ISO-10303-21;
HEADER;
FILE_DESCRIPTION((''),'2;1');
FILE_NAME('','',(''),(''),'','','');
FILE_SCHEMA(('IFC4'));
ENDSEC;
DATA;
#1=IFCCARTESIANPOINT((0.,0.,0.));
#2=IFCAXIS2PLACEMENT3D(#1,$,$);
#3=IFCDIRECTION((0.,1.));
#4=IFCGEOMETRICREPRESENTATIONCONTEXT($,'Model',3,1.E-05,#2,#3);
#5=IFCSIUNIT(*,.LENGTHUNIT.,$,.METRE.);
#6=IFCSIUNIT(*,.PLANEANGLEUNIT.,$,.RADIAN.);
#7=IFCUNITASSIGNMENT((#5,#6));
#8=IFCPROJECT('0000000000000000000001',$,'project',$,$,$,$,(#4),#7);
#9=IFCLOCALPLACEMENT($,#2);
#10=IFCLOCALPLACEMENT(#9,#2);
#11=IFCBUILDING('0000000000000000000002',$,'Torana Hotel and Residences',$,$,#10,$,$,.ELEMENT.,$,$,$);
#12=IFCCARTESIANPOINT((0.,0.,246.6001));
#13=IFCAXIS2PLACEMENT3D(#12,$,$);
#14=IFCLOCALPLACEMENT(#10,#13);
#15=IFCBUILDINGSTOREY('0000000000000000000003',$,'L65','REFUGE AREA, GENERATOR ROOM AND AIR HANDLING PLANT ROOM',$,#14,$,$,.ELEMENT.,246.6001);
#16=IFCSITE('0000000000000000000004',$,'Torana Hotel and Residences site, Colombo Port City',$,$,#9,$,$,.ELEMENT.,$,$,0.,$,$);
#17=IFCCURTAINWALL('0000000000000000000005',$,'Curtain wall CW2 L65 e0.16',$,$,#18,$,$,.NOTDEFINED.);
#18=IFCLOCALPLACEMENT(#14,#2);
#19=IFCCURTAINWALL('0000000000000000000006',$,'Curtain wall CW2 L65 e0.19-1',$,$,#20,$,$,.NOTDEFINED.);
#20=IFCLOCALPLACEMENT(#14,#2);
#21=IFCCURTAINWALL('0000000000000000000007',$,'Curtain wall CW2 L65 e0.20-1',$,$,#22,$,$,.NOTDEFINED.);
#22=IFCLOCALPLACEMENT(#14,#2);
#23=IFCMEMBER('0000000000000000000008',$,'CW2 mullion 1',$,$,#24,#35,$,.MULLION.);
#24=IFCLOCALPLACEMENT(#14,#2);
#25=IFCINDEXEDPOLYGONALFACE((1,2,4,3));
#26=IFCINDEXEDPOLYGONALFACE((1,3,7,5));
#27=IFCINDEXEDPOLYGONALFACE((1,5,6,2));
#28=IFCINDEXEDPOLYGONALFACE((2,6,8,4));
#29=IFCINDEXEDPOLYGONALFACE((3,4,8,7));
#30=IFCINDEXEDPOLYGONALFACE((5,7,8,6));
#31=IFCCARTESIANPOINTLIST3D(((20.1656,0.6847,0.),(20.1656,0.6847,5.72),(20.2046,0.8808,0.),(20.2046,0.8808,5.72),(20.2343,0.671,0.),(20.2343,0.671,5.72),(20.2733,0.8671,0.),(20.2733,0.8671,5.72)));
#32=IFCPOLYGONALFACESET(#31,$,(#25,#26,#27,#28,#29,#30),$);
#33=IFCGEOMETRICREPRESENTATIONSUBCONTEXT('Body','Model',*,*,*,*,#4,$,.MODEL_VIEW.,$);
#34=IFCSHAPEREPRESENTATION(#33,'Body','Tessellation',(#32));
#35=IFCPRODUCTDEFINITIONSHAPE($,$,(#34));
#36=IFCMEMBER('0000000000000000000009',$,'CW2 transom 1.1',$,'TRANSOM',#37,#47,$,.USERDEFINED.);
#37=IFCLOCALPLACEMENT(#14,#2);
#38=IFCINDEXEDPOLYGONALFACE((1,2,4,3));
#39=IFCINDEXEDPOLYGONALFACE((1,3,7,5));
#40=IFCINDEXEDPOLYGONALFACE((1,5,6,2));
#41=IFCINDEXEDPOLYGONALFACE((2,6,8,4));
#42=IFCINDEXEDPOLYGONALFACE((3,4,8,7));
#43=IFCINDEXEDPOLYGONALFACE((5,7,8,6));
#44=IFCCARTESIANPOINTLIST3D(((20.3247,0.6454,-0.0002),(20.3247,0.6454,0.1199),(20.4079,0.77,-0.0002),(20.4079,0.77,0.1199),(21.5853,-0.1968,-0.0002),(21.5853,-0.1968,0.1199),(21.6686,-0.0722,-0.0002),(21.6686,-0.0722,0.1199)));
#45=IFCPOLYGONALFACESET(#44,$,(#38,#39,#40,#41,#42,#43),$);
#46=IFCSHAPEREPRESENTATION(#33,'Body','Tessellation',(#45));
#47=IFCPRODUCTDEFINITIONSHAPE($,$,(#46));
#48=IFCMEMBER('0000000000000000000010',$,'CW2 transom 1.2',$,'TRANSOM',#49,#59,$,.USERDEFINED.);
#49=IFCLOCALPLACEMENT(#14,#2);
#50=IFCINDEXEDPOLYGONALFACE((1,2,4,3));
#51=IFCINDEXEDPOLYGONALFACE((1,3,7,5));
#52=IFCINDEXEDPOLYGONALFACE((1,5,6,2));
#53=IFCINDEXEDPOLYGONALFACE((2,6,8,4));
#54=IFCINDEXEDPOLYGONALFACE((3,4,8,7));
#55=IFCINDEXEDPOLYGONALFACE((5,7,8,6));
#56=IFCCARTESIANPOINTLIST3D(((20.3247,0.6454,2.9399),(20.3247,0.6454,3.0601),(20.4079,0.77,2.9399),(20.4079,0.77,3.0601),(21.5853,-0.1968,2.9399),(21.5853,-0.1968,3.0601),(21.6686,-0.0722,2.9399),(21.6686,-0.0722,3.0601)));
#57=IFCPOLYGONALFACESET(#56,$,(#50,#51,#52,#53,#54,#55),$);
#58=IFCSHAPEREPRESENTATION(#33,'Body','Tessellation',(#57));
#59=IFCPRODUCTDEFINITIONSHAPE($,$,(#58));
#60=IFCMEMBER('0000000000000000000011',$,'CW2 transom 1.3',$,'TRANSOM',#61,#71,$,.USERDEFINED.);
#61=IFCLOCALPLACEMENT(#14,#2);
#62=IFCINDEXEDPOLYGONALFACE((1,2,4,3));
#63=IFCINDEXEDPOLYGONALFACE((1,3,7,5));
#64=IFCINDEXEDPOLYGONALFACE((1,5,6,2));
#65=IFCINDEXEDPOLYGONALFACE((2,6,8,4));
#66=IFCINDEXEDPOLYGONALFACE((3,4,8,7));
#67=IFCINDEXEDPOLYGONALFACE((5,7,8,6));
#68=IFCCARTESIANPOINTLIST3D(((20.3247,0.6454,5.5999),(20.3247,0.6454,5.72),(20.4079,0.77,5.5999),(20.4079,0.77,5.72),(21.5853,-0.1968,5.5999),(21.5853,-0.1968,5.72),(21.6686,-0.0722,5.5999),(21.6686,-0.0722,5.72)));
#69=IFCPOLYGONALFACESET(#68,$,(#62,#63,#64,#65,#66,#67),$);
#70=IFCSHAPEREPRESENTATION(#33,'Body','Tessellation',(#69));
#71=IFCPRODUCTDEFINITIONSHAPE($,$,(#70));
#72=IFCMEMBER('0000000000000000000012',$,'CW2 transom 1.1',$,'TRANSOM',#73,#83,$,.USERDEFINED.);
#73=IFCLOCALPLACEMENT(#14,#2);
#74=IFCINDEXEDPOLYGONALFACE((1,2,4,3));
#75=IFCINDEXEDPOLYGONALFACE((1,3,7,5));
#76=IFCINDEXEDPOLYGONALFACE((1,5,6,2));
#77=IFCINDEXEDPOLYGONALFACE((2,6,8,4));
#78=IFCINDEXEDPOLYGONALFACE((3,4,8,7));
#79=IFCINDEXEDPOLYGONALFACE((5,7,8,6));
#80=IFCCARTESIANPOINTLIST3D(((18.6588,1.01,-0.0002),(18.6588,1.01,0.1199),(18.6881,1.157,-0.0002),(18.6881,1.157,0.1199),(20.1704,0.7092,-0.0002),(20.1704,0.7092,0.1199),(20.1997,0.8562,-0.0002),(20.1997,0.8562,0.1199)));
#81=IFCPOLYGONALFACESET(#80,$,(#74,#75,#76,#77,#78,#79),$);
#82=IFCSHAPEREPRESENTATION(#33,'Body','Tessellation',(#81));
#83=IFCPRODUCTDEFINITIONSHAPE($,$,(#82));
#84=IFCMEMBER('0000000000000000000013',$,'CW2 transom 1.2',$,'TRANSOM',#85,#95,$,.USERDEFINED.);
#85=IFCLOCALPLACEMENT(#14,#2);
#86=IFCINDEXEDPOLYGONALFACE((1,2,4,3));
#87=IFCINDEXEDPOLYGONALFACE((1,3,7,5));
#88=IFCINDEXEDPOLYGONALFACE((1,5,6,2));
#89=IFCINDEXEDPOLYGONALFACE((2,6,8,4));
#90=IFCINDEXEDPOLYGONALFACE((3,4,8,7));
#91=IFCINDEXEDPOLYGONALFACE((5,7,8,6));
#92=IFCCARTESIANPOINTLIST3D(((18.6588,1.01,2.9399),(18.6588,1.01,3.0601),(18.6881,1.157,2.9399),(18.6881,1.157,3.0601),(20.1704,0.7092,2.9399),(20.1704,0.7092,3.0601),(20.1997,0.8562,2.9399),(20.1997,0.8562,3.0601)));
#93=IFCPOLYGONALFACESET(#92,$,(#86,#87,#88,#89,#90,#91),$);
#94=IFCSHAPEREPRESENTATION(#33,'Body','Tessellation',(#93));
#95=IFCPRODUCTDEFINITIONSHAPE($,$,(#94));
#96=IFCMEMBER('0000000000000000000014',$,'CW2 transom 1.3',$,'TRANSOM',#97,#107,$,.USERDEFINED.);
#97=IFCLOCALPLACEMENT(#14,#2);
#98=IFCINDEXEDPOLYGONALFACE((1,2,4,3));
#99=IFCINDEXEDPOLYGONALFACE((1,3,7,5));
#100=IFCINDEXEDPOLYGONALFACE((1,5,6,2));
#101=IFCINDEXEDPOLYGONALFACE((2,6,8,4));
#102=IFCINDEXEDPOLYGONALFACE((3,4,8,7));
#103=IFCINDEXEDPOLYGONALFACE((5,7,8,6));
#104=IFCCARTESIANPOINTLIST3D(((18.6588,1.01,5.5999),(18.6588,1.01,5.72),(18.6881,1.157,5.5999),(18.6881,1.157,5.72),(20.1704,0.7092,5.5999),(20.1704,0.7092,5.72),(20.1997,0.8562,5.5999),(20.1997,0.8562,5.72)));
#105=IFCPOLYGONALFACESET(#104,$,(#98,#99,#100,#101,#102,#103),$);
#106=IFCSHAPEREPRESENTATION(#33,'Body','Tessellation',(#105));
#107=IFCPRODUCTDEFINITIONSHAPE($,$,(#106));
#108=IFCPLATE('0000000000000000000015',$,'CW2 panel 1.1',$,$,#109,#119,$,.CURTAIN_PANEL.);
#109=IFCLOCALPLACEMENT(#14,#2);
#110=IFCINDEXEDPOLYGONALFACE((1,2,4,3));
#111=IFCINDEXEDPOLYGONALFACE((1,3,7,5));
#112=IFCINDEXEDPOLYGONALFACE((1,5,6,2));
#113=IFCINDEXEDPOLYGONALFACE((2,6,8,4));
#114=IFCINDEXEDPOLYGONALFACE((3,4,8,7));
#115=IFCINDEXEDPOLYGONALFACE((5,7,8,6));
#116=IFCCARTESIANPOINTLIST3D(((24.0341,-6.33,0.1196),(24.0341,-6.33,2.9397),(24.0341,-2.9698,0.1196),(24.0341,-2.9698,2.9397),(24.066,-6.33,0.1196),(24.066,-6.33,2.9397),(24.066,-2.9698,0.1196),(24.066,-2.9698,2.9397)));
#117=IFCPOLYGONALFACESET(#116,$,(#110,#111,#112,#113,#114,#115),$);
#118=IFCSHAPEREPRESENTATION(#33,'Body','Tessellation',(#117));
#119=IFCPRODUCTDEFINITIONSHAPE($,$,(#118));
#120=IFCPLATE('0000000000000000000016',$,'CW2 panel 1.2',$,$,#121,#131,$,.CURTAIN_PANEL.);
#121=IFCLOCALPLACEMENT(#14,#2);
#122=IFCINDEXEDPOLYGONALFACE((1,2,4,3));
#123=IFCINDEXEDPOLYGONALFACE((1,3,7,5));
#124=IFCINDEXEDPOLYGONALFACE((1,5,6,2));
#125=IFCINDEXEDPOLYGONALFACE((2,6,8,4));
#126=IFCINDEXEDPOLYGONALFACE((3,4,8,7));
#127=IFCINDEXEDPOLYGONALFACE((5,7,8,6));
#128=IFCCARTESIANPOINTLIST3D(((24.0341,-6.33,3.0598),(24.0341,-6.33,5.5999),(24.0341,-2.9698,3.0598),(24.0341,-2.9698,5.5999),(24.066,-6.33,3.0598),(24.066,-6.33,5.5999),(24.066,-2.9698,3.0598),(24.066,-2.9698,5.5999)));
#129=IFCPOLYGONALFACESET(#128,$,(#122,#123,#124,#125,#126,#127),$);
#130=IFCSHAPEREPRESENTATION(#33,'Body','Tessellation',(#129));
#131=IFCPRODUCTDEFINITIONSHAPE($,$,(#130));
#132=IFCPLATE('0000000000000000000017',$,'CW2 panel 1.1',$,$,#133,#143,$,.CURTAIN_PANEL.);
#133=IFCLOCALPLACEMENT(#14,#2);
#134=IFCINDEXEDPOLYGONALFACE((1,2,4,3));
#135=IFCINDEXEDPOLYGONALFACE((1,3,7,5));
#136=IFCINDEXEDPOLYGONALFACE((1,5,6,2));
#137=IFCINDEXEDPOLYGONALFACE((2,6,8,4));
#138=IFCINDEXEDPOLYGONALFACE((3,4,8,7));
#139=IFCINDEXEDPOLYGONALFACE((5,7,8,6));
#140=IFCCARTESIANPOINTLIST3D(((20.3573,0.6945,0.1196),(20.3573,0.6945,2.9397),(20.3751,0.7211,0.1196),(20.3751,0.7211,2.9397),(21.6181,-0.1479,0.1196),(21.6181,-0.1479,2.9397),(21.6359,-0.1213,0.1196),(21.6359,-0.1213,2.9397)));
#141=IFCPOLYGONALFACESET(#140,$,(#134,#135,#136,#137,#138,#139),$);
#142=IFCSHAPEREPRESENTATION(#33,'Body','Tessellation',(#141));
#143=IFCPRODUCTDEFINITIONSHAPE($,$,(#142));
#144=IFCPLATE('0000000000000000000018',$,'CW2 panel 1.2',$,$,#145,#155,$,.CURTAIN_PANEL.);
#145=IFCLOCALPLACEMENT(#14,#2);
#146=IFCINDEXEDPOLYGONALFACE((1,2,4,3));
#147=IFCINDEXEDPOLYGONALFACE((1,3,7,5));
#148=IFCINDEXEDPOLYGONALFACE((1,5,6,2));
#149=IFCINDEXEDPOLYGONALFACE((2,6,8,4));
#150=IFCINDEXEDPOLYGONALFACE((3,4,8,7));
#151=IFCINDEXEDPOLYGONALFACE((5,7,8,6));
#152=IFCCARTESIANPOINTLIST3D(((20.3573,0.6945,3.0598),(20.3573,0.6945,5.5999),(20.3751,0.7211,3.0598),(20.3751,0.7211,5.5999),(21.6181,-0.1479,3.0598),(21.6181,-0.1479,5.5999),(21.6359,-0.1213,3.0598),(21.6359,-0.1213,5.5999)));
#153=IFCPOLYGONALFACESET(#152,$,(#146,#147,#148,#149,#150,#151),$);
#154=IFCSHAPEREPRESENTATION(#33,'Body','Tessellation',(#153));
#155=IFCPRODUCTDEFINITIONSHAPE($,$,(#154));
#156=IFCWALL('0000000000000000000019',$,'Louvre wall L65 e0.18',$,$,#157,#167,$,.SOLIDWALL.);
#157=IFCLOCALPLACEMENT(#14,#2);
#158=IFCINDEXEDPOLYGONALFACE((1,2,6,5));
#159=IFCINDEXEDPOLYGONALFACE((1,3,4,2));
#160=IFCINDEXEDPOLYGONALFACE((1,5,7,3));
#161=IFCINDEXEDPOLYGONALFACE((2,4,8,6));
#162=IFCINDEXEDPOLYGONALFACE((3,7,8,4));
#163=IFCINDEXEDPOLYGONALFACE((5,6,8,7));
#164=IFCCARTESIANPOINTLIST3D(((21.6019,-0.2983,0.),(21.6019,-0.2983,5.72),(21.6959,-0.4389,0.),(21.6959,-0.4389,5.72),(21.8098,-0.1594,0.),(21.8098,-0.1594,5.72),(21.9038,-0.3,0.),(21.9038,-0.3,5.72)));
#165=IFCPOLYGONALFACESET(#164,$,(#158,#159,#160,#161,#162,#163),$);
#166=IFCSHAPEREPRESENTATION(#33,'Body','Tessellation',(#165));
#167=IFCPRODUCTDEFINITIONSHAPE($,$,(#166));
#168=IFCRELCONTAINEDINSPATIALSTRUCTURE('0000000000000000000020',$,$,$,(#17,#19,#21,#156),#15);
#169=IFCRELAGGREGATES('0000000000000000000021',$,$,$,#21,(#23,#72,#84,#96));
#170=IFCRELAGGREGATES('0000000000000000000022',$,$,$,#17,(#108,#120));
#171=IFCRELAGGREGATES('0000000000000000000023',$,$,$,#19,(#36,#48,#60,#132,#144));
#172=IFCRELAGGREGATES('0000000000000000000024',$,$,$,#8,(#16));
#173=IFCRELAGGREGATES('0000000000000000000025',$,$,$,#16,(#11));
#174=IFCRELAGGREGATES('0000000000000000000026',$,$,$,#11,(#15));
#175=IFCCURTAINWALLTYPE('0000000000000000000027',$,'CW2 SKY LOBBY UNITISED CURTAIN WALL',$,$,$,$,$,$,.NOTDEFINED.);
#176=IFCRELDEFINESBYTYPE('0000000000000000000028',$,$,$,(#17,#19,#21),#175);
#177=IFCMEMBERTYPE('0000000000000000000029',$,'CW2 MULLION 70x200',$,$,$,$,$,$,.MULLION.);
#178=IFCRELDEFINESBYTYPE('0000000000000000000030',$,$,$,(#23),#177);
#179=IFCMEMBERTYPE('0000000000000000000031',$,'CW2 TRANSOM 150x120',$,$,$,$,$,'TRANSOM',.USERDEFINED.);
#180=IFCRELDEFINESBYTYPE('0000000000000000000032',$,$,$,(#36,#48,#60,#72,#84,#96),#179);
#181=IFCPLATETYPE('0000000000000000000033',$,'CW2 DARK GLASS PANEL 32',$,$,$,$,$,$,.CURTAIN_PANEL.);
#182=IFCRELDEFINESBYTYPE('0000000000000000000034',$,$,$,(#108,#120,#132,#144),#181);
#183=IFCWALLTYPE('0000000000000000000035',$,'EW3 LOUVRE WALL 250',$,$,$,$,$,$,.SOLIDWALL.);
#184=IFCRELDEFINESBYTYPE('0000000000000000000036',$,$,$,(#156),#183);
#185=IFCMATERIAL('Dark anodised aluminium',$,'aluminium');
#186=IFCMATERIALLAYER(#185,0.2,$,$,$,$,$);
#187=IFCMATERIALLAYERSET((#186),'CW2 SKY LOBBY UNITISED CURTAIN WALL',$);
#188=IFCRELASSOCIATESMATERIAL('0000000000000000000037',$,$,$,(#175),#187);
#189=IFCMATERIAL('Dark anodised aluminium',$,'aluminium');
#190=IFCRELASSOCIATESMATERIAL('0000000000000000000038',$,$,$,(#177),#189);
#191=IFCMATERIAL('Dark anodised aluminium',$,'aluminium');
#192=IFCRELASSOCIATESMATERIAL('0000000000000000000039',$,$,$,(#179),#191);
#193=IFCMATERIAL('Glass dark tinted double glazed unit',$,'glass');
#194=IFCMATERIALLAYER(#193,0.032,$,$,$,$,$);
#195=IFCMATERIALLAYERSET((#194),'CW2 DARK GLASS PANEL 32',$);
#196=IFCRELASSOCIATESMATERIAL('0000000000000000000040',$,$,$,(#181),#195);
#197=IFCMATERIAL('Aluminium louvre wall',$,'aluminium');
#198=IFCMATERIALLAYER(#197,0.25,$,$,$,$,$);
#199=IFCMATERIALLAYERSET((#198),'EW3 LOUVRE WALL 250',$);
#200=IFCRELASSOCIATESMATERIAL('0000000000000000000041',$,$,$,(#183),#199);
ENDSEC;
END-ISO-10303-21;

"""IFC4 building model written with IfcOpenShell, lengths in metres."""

from ifc_helpers import new_model, si_unit, direction, frame, frame_2d, origin, origin_2d, place, context, subcontext, project, spatial, rectangle, extrude, material, layer, layer_set, material_profile, profile_set, type_object, element, aggregate, save


model = new_model("IFC4")

# Units and contexts
model_context = context("Model", 3, precision=1e-05, world=origin(), true_north=direction((0.0, 1.0)))
body_context = subcontext(model_context, "Body", "Model", "MODEL_VIEW")
ifc_project = project(units=[si_unit("LENGTHUNIT", "METRE"), si_unit("PLANEANGLEUNIT", "RADIAN")], contexts=[model_context])

# Site, building, storey
site_placement = place(None, origin())
site = spatial("IfcSite", under=ifc_project, at=site_placement, Name="Torana Hotel and Residences site, Colombo Port City", CompositionType="ELEMENT", RefElevation=0.0)
building_placement = place(site_placement, origin())
building = spatial("IfcBuilding", under=site, at=building_placement, Name="Torana Hotel and Residences", CompositionType="ELEMENT")
storey_placement = place(building_placement, frame((0.0, 0.0, 246.6001)))
storey = spatial("IfcBuildingStorey", under=building, at=storey_placement, Name="L65", Description="REFUGE AREA, GENERATOR ROOM AND AIR HANDLING PLANT ROOM", CompositionType="ELEMENT", Elevation=246.6001)

# Curtain wall
ifc_material_1 = material(Name="Dark anodised aluminium", Category="aluminium")
ifc_layer_1 = layer(ifc_material_1, 0.2)
ifc_layer_set_1 = layer_set([ifc_layer_1], Name="CW2 SKY LOBBY UNITISED CURTAIN WALL")
curtain_wall_type = type_object("IfcCurtainWallType", Name="CW2 SKY LOBBY UNITISED CURTAIN WALL", PredefinedType="NOTDEFINED", material=ifc_layer_set_1)
curtain_wall_1_placement = place(storey_placement, origin())
curtain_wall_1 = element("IfcCurtainWall", 1, at=curtain_wall_1_placement, inside=storey, type_object=curtain_wall_type, Name="Curtain wall CW2 L65 e0.16", PredefinedType="NOTDEFINED")
ifc_material_2 = material(Name="Dark anodised aluminium", Category="aluminium")
ifc_material_profile_1 = material_profile(ifc_material_2, rectangle(XDim=0.2, YDim=0.0701, at=origin_2d()), Name="CW2 MULLION 70x200")
ifc_profile_set_1 = profile_set([ifc_material_profile_1], Name="Dark anodised aluminium")
member_type_1 = type_object("IfcMemberType", Name="CW2 MULLION 70x200", PredefinedType="MULLION", material=ifc_profile_set_1)

# Curtain wall
curtain_wall_2_placement = place(storey_placement, origin())
curtain_wall_2 = element("IfcCurtainWall", 2, at=curtain_wall_2_placement, inside=storey, type_object=curtain_wall_type, Name="Curtain wall CW2 L65 e0.19-1", PredefinedType="NOTDEFINED")

# Curtain wall, member
curtain_wall_3_placement = place(storey_placement, origin())
curtain_wall_3 = element("IfcCurtainWall", 3, at=curtain_wall_3_placement, inside=storey, type_object=curtain_wall_type, Name="Curtain wall CW2 L65 e0.20-1", PredefinedType="NOTDEFINED")
member_1_placement = place(storey_placement, frame((20.2195, 0.7759, 0.0), z_axis=(0.0, 0.0, 1.0), x_axis=(-0.195064, -0.980791, 0.0)))
member_1 = element("IfcMember", 4, at=member_1_placement, type_object=member_type_1, Name="CW2 mullion 1", PredefinedType="MULLION", context=body_context, shape_type="SweptSolid", body=[
    extrude(rectangle(XDim=0.2, YDim=0.0701, at=origin_2d()), origin(), (0.0, 0.0, 1.0), 5.72),
])

# Members
ifc_material_3 = material(Name="Dark anodised aluminium", Category="aluminium")
ifc_material_profile_2 = material_profile(ifc_material_3, rectangle(XDim=0.1499, YDim=0.1201, at=origin_2d()), Name="CW2 TRANSOM 150x120")
ifc_profile_set_2 = profile_set([ifc_material_profile_2], Name="Dark anodised aluminium")
member_type_2 = type_object("IfcMemberType", Name="CW2 TRANSOM 150x120", ElementType="TRANSOM", PredefinedType="USERDEFINED", material=ifc_profile_set_2)
member_2_placement = place(storey_placement, frame((21.627, -0.1345, 0.0598), z_axis=(-0.831505, 0.555517, 0.0), x_axis=(-0.555517, -0.831505, 0.0)))
member_2 = element("IfcMember", 5, at=member_2_placement, type_object=member_type_2, Name="CW2 transom 1.1", ObjectType="TRANSOM", PredefinedType="USERDEFINED", context=body_context, shape_type="SweptSolid", body=[
    extrude(rectangle(XDim=0.1499, YDim=0.1201, at=origin_2d()), origin(), (0.0, 0.0, 1.0), 1.5161),
])
member_3_placement = place(storey_placement, frame((21.627, -0.1345, 3.0), z_axis=(-0.831505, 0.555517, 0.0), x_axis=(-0.555517, -0.831505, 0.0)))
member_3 = element("IfcMember", 6, at=member_3_placement, type_object=member_type_2, Name="CW2 transom 1.2", ObjectType="TRANSOM", PredefinedType="USERDEFINED", context=body_context, shape_type="SweptSolid", body=[
    extrude(rectangle(XDim=0.1499, YDim=0.1201, at=origin_2d()), origin(), (0.0, 0.0, 1.0), 1.5161),
])
member_4_placement = place(storey_placement, frame((21.627, -0.1345, 5.6599), z_axis=(-0.831505, 0.555517, 0.0), x_axis=(-0.555517, -0.831505, 0.0)))
member_4 = element("IfcMember", 7, at=member_4_placement, type_object=member_type_2, Name="CW2 transom 1.3", ObjectType="TRANSOM", PredefinedType="USERDEFINED", context=body_context, shape_type="SweptSolid", body=[
    extrude(rectangle(XDim=0.1499, YDim=0.1201, at=origin_2d()), origin(), (0.0, 0.0, 1.0), 1.5161),
])
member_5_placement = place(storey_placement, frame((20.1851, 0.7827, 0.0598), z_axis=(-0.980775, 0.195141, 0.0), x_axis=(-0.195141, -0.980775, 0.0)))
member_5 = element("IfcMember", 8, at=member_5_placement, type_object=member_type_2, Name="CW2 transom 1.1", ObjectType="TRANSOM", PredefinedType="USERDEFINED", context=body_context, shape_type="SweptSolid", body=[
    extrude(rectangle(XDim=0.1499, YDim=0.1201, at=origin_2d()), origin(), (0.0, 0.0, 1.0), 1.5413),
])
member_6_placement = place(storey_placement, frame((20.1851, 0.7827, 3.0), z_axis=(-0.980775, 0.195141, 0.0), x_axis=(-0.195141, -0.980775, 0.0)))
member_6 = element("IfcMember", 9, at=member_6_placement, type_object=member_type_2, Name="CW2 transom 1.2", ObjectType="TRANSOM", PredefinedType="USERDEFINED", context=body_context, shape_type="SweptSolid", body=[
    extrude(rectangle(XDim=0.1499, YDim=0.1201, at=origin_2d()), origin(), (0.0, 0.0, 1.0), 1.5413),
])
member_7_placement = place(storey_placement, frame((20.1851, 0.7827, 5.6599), z_axis=(-0.980775, 0.195141, 0.0), x_axis=(-0.195141, -0.980775, 0.0)))
member_7 = element("IfcMember", 10, at=member_7_placement, type_object=member_type_2, Name="CW2 transom 1.3", ObjectType="TRANSOM", PredefinedType="USERDEFINED", context=body_context, shape_type="SweptSolid", body=[
    extrude(rectangle(XDim=0.1499, YDim=0.1201, at=origin_2d()), origin(), (0.0, 0.0, 1.0), 1.5413),
])
aggregate(curtain_wall_3, [member_1, member_5, member_6, member_7])

# Plates
ifc_material_4 = material(Name="Glass dark tinted double glazed unit", Category="glass")
ifc_layer_2 = layer(ifc_material_4, 0.032)
ifc_layer_set_2 = layer_set([ifc_layer_2], Name="CW2 DARK GLASS PANEL 32")
plate_type = type_object("IfcPlateType", Name="CW2 DARK GLASS PANEL 32", PredefinedType="CURTAIN_PANEL", material=ifc_layer_set_2)
plate_1_placement = place(storey_placement, frame((24.05, -4.6499, 0.1196), z_axis=(0.0, 0.0, 1.0), x_axis=(0.0, 1.0, 0.0)))
plate_1 = element("IfcPlate", 11, at=plate_1_placement, type_object=plate_type, Name="CW2 panel 1.1", PredefinedType="CURTAIN_PANEL", context=body_context, shape_type="SweptSolid", body=[
    extrude(rectangle(XDim=3.3601, YDim=0.032, at=origin_2d()), origin(), (0.0, 0.0, 1.0), 2.8201),
])
plate_2_placement = place(storey_placement, frame((24.05, -4.6499, 3.0598), z_axis=(0.0, 0.0, 1.0), x_axis=(0.0, 1.0, 0.0)))
plate_2 = element("IfcPlate", 12, at=plate_2_placement, type_object=plate_type, Name="CW2 panel 1.2", PredefinedType="CURTAIN_PANEL", context=body_context, shape_type="SweptSolid", body=[
    extrude(rectangle(XDim=3.3601, YDim=0.032, at=origin_2d()), origin(), (0.0, 0.0, 1.0), 2.54),
])
aggregate(curtain_wall_1, [plate_1, plate_2])
plate_3_placement = place(storey_placement, frame((20.9966, 0.2866, 0.1196), z_axis=(0.0, 0.0, 1.0), x_axis=(-0.831474, 0.555564, 0.0)))
plate_3 = element("IfcPlate", 13, at=plate_3_placement, type_object=plate_type, Name="CW2 panel 1.1", PredefinedType="CURTAIN_PANEL", context=body_context, shape_type="SweptSolid", body=[
    extrude(rectangle(XDim=1.5164, YDim=0.032, at=origin_2d()), origin(), (0.0, 0.0, 1.0), 2.8201),
])
plate_4_placement = place(storey_placement, frame((20.9966, 0.2866, 3.0598), z_axis=(0.0, 0.0, 1.0), x_axis=(-0.831474, 0.555564, 0.0)))
plate_4 = element("IfcPlate", 14, at=plate_4_placement, type_object=plate_type, Name="CW2 panel 1.2", PredefinedType="CURTAIN_PANEL", context=body_context, shape_type="SweptSolid", body=[
    extrude(rectangle(XDim=1.5164, YDim=0.032, at=origin_2d()), origin(), (0.0, 0.0, 1.0), 2.54),
])
aggregate(curtain_wall_2, [member_2, member_3, member_4, plate_3, plate_4])

# Wall
ifc_material_5 = material(Name="Aluminium louvre wall", Category="aluminium")
ifc_layer_3 = layer(ifc_material_5, 0.25)
ifc_layer_set_3 = layer_set([ifc_layer_3], Name="EW3 LOUVRE WALL 250")
wall_type_1 = type_object("IfcWallType", Name="EW3 LOUVRE WALL 250", PredefinedType="SOLIDWALL", material=ifc_layer_set_3)
wall_1_placement = place(storey_placement, frame((21.7998, -0.3694, 0.0), z_axis=(0.0, 0.0, 1.0), x_axis=(-0.555699, 0.831384, 0.0)))
element("IfcWall", 15, at=wall_1_placement, inside=storey, type_object=wall_type_1, Name="Louvre wall L65 e0.18", PredefinedType="SOLIDWALL", context=body_context, shape_type="SweptSolid", body=[
    extrude(rectangle(XDim=0.1692, YDim=0.25, at=frame_2d((0.0845, 0.0))), origin(), (0.0, 0.0, 1.0), 5.72),
])

save(model, "model.ifc")
